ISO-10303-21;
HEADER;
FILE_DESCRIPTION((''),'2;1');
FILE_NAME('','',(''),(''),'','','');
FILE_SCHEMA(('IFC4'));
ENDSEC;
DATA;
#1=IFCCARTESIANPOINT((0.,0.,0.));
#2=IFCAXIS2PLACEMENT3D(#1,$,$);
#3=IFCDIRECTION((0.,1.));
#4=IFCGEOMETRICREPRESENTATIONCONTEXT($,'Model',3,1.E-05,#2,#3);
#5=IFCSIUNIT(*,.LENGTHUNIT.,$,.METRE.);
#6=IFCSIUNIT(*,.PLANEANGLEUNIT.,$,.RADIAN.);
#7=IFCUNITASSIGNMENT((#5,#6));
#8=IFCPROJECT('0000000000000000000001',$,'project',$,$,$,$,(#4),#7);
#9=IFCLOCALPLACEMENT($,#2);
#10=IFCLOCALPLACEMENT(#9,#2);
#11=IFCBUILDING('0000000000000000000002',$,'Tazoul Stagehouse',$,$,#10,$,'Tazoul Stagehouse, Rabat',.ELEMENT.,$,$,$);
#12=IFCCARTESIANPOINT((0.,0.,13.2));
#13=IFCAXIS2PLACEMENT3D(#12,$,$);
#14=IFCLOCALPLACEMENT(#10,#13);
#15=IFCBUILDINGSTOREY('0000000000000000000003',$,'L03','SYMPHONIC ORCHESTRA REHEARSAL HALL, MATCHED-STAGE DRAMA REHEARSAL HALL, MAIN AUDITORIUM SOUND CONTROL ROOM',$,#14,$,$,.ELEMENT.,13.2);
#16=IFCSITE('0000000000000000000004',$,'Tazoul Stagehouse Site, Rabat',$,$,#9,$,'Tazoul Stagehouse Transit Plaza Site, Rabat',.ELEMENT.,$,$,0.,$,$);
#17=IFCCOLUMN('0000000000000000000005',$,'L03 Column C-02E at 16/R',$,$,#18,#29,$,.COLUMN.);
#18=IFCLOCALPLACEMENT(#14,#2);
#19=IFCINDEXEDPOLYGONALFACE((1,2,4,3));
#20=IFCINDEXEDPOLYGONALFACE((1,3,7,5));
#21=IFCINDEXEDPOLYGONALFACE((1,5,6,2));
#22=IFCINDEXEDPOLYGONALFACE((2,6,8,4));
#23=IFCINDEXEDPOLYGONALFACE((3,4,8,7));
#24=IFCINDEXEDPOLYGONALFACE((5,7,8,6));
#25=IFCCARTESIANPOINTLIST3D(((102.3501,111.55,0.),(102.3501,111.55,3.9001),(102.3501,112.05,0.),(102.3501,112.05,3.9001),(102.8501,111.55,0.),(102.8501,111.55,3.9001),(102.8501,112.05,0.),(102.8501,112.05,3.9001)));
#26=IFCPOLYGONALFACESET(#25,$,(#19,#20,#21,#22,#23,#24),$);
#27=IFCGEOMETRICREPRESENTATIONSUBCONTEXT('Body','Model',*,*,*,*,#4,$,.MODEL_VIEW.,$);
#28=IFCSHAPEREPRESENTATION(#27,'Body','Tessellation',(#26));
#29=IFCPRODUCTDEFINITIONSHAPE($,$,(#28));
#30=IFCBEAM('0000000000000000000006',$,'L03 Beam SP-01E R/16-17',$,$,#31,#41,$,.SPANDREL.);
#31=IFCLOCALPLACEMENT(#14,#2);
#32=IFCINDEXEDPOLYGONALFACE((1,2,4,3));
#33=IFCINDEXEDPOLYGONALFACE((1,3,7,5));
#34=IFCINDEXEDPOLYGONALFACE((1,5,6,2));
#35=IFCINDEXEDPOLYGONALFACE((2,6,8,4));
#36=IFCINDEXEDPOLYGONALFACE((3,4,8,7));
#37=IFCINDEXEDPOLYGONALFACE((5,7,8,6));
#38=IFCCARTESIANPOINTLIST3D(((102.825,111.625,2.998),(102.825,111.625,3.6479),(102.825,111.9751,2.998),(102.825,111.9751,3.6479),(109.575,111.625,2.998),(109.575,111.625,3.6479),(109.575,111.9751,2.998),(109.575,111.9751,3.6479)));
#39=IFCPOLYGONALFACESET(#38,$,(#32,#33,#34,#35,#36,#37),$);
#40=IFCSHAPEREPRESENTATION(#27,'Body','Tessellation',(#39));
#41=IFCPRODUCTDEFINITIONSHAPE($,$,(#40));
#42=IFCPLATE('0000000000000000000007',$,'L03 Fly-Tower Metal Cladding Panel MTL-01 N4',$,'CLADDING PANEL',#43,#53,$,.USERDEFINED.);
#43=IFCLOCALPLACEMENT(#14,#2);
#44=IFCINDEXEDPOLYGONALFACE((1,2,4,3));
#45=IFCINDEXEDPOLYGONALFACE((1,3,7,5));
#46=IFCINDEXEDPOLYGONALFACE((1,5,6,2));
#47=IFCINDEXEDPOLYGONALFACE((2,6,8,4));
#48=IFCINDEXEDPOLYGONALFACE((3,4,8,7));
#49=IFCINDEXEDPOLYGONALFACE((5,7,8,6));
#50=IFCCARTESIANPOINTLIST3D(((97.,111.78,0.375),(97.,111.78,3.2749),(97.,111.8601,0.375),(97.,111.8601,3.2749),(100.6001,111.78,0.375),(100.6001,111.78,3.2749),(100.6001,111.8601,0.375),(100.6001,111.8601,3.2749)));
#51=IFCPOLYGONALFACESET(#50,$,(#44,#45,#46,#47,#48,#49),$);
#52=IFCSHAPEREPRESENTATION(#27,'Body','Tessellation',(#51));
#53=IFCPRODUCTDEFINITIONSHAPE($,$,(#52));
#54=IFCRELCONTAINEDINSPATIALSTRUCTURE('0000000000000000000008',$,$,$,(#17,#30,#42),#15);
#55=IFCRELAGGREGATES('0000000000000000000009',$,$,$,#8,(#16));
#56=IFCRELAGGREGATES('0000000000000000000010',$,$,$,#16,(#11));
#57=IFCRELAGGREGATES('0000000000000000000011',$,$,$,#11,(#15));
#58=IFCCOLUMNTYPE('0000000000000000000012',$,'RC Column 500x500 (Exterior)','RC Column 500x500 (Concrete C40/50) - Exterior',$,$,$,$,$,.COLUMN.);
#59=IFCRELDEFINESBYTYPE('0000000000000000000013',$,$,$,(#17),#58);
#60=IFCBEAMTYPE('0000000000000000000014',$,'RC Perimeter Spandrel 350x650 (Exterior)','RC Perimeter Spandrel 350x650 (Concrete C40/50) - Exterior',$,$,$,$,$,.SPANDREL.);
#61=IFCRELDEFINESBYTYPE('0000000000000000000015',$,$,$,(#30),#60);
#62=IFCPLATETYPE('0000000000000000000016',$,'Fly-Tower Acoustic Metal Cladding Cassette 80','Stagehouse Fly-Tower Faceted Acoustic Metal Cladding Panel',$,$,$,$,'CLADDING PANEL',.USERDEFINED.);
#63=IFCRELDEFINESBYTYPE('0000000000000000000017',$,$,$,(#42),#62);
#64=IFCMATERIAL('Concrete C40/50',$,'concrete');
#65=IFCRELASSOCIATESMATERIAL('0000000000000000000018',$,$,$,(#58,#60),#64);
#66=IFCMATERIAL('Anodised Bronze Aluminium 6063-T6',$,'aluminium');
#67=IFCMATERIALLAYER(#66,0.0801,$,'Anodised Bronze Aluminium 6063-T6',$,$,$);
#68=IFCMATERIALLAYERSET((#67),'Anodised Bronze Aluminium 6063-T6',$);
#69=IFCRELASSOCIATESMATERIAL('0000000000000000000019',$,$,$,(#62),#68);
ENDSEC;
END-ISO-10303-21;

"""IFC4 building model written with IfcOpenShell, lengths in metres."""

from ifc_helpers import new_model, si_unit, direction, frame, origin, origin_2d, place, context, subcontext, project, spatial, rectangle, extrude, material, layer, layer_set, material_profile, profile_set, type_object, element, save


model = new_model("IFC4")

# Units and contexts
model_context = context("Model", 3, precision=1e-05, world=origin(), true_north=direction((0.0, 1.0)))
body_context = subcontext(model_context, "Body", "Model", "MODEL_VIEW")
ifc_project = project(units=[si_unit("LENGTHUNIT", "METRE"), si_unit("PLANEANGLEUNIT", "RADIAN")], contexts=[model_context])

# Site, building, storey
site_placement = place(None, origin())
site = spatial("IfcSite", under=ifc_project, at=site_placement, Name="Tazoul Stagehouse Site, Rabat", LongName="Tazoul Stagehouse Transit Plaza Site, Rabat", CompositionType="ELEMENT", RefElevation=0.0)
building_placement = place(site_placement, origin())
building = spatial("IfcBuilding", under=site, at=building_placement, Name="Tazoul Stagehouse", LongName="Tazoul Stagehouse, Rabat", CompositionType="ELEMENT")
storey_placement = place(building_placement, frame((0.0, 0.0, 13.2)))
storey = spatial("IfcBuildingStorey", under=building, at=storey_placement, Name="L03", Description="SYMPHONIC ORCHESTRA REHEARSAL HALL, MATCHED-STAGE DRAMA REHEARSAL HALL, MAIN AUDITORIUM SOUND CONTROL ROOM", CompositionType="ELEMENT", Elevation=13.2)

# Column
ifc_material_1 = material(Name="Concrete C40/50", Category="concrete")
ifc_material_profile_1 = material_profile(ifc_material_1, rectangle(XDim=0.5, YDim=0.5, at=origin_2d()), Name="RC 500x500")
ifc_profile_set_1 = profile_set([ifc_material_profile_1], Name="Concrete C40/50")
column_type = type_object("IfcColumnType", Name="RC Column 500x500 (Exterior)", Description="RC Column 500x500 (Concrete C40/50) - Exterior", PredefinedType="COLUMN", material=ifc_profile_set_1)
column_placement = place(storey_placement, frame((102.6001, 111.8, 0.0), z_axis=(0.0, 0.0, 1.0), x_axis=(1.0, 0.0, 0.0)))
element("IfcColumn", 1, at=column_placement, inside=storey, type_object=column_type, Name="L03 Column C-02E at 16/R", PredefinedType="COLUMN", context=body_context, shape_type="SweptSolid", body=[
    extrude(rectangle(XDim=0.5, YDim=0.5, at=origin_2d()), origin(), (0.0, 0.0, 1.0), 3.9001),
])

# Beam
ifc_material_profile_2 = material_profile(ifc_material_1, rectangle(XDim=0.3501, YDim=0.6499, at=origin_2d()), Name="RC 350x650")
ifc_profile_set_2 = profile_set([ifc_material_profile_2], Name="Concrete C40/50")
beam_type = type_object("IfcBeamType", Name="RC Perimeter Spandrel 350x650 (Exterior)", Description="RC Perimeter Spandrel 350x650 (Concrete C40/50) - Exterior", PredefinedType="SPANDREL", material=ifc_profile_set_2)
beam_placement = place(storey_placement, frame((102.825, 111.8, 3.323), z_axis=(1.0, 0.0, 0.0), x_axis=(0.0, 1.0, 0.0)))
element("IfcBeam", 2, at=beam_placement, inside=storey, type_object=beam_type, Name="L03 Beam SP-01E R/16-17", PredefinedType="SPANDREL", context=body_context, shape_type="SweptSolid", body=[
    extrude(rectangle(XDim=0.3501, YDim=0.6499, at=origin_2d()), origin(), (0.0, 0.0, 1.0), 6.75),
])

# Plate
ifc_material_2 = material(Name="Anodised Bronze Aluminium 6063-T6", Category="aluminium")
ifc_layer = layer(ifc_material_2, 0.0801, Name="Anodised Bronze Aluminium 6063-T6")
ifc_layer_set = layer_set([ifc_layer], Name="Anodised Bronze Aluminium 6063-T6")
plate_type = type_object("IfcPlateType", Name="Fly-Tower Acoustic Metal Cladding Cassette 80", Description="Stagehouse Fly-Tower Faceted Acoustic Metal Cladding Panel", ElementType="CLADDING PANEL", PredefinedType="USERDEFINED", material=ifc_layer_set)
plate_placement = place(storey_placement, frame((98.8, 111.8201, 0.375), z_axis=(0.0, 0.0, 1.0), x_axis=(1.0, 0.0, 0.0)))
element("IfcPlate", 3, at=plate_placement, inside=storey, type_object=plate_type, Name="L03 Fly-Tower Metal Cladding Panel MTL-01 N4", ObjectType="CLADDING PANEL", PredefinedType="USERDEFINED", context=body_context, shape_type="SweptSolid", body=[
    extrude(rectangle(XDim=3.6001, YDim=0.0801, at=origin_2d()), origin(), (0.0, 0.0, 1.0), 2.8999),
])

save(model, "model.ifc")
